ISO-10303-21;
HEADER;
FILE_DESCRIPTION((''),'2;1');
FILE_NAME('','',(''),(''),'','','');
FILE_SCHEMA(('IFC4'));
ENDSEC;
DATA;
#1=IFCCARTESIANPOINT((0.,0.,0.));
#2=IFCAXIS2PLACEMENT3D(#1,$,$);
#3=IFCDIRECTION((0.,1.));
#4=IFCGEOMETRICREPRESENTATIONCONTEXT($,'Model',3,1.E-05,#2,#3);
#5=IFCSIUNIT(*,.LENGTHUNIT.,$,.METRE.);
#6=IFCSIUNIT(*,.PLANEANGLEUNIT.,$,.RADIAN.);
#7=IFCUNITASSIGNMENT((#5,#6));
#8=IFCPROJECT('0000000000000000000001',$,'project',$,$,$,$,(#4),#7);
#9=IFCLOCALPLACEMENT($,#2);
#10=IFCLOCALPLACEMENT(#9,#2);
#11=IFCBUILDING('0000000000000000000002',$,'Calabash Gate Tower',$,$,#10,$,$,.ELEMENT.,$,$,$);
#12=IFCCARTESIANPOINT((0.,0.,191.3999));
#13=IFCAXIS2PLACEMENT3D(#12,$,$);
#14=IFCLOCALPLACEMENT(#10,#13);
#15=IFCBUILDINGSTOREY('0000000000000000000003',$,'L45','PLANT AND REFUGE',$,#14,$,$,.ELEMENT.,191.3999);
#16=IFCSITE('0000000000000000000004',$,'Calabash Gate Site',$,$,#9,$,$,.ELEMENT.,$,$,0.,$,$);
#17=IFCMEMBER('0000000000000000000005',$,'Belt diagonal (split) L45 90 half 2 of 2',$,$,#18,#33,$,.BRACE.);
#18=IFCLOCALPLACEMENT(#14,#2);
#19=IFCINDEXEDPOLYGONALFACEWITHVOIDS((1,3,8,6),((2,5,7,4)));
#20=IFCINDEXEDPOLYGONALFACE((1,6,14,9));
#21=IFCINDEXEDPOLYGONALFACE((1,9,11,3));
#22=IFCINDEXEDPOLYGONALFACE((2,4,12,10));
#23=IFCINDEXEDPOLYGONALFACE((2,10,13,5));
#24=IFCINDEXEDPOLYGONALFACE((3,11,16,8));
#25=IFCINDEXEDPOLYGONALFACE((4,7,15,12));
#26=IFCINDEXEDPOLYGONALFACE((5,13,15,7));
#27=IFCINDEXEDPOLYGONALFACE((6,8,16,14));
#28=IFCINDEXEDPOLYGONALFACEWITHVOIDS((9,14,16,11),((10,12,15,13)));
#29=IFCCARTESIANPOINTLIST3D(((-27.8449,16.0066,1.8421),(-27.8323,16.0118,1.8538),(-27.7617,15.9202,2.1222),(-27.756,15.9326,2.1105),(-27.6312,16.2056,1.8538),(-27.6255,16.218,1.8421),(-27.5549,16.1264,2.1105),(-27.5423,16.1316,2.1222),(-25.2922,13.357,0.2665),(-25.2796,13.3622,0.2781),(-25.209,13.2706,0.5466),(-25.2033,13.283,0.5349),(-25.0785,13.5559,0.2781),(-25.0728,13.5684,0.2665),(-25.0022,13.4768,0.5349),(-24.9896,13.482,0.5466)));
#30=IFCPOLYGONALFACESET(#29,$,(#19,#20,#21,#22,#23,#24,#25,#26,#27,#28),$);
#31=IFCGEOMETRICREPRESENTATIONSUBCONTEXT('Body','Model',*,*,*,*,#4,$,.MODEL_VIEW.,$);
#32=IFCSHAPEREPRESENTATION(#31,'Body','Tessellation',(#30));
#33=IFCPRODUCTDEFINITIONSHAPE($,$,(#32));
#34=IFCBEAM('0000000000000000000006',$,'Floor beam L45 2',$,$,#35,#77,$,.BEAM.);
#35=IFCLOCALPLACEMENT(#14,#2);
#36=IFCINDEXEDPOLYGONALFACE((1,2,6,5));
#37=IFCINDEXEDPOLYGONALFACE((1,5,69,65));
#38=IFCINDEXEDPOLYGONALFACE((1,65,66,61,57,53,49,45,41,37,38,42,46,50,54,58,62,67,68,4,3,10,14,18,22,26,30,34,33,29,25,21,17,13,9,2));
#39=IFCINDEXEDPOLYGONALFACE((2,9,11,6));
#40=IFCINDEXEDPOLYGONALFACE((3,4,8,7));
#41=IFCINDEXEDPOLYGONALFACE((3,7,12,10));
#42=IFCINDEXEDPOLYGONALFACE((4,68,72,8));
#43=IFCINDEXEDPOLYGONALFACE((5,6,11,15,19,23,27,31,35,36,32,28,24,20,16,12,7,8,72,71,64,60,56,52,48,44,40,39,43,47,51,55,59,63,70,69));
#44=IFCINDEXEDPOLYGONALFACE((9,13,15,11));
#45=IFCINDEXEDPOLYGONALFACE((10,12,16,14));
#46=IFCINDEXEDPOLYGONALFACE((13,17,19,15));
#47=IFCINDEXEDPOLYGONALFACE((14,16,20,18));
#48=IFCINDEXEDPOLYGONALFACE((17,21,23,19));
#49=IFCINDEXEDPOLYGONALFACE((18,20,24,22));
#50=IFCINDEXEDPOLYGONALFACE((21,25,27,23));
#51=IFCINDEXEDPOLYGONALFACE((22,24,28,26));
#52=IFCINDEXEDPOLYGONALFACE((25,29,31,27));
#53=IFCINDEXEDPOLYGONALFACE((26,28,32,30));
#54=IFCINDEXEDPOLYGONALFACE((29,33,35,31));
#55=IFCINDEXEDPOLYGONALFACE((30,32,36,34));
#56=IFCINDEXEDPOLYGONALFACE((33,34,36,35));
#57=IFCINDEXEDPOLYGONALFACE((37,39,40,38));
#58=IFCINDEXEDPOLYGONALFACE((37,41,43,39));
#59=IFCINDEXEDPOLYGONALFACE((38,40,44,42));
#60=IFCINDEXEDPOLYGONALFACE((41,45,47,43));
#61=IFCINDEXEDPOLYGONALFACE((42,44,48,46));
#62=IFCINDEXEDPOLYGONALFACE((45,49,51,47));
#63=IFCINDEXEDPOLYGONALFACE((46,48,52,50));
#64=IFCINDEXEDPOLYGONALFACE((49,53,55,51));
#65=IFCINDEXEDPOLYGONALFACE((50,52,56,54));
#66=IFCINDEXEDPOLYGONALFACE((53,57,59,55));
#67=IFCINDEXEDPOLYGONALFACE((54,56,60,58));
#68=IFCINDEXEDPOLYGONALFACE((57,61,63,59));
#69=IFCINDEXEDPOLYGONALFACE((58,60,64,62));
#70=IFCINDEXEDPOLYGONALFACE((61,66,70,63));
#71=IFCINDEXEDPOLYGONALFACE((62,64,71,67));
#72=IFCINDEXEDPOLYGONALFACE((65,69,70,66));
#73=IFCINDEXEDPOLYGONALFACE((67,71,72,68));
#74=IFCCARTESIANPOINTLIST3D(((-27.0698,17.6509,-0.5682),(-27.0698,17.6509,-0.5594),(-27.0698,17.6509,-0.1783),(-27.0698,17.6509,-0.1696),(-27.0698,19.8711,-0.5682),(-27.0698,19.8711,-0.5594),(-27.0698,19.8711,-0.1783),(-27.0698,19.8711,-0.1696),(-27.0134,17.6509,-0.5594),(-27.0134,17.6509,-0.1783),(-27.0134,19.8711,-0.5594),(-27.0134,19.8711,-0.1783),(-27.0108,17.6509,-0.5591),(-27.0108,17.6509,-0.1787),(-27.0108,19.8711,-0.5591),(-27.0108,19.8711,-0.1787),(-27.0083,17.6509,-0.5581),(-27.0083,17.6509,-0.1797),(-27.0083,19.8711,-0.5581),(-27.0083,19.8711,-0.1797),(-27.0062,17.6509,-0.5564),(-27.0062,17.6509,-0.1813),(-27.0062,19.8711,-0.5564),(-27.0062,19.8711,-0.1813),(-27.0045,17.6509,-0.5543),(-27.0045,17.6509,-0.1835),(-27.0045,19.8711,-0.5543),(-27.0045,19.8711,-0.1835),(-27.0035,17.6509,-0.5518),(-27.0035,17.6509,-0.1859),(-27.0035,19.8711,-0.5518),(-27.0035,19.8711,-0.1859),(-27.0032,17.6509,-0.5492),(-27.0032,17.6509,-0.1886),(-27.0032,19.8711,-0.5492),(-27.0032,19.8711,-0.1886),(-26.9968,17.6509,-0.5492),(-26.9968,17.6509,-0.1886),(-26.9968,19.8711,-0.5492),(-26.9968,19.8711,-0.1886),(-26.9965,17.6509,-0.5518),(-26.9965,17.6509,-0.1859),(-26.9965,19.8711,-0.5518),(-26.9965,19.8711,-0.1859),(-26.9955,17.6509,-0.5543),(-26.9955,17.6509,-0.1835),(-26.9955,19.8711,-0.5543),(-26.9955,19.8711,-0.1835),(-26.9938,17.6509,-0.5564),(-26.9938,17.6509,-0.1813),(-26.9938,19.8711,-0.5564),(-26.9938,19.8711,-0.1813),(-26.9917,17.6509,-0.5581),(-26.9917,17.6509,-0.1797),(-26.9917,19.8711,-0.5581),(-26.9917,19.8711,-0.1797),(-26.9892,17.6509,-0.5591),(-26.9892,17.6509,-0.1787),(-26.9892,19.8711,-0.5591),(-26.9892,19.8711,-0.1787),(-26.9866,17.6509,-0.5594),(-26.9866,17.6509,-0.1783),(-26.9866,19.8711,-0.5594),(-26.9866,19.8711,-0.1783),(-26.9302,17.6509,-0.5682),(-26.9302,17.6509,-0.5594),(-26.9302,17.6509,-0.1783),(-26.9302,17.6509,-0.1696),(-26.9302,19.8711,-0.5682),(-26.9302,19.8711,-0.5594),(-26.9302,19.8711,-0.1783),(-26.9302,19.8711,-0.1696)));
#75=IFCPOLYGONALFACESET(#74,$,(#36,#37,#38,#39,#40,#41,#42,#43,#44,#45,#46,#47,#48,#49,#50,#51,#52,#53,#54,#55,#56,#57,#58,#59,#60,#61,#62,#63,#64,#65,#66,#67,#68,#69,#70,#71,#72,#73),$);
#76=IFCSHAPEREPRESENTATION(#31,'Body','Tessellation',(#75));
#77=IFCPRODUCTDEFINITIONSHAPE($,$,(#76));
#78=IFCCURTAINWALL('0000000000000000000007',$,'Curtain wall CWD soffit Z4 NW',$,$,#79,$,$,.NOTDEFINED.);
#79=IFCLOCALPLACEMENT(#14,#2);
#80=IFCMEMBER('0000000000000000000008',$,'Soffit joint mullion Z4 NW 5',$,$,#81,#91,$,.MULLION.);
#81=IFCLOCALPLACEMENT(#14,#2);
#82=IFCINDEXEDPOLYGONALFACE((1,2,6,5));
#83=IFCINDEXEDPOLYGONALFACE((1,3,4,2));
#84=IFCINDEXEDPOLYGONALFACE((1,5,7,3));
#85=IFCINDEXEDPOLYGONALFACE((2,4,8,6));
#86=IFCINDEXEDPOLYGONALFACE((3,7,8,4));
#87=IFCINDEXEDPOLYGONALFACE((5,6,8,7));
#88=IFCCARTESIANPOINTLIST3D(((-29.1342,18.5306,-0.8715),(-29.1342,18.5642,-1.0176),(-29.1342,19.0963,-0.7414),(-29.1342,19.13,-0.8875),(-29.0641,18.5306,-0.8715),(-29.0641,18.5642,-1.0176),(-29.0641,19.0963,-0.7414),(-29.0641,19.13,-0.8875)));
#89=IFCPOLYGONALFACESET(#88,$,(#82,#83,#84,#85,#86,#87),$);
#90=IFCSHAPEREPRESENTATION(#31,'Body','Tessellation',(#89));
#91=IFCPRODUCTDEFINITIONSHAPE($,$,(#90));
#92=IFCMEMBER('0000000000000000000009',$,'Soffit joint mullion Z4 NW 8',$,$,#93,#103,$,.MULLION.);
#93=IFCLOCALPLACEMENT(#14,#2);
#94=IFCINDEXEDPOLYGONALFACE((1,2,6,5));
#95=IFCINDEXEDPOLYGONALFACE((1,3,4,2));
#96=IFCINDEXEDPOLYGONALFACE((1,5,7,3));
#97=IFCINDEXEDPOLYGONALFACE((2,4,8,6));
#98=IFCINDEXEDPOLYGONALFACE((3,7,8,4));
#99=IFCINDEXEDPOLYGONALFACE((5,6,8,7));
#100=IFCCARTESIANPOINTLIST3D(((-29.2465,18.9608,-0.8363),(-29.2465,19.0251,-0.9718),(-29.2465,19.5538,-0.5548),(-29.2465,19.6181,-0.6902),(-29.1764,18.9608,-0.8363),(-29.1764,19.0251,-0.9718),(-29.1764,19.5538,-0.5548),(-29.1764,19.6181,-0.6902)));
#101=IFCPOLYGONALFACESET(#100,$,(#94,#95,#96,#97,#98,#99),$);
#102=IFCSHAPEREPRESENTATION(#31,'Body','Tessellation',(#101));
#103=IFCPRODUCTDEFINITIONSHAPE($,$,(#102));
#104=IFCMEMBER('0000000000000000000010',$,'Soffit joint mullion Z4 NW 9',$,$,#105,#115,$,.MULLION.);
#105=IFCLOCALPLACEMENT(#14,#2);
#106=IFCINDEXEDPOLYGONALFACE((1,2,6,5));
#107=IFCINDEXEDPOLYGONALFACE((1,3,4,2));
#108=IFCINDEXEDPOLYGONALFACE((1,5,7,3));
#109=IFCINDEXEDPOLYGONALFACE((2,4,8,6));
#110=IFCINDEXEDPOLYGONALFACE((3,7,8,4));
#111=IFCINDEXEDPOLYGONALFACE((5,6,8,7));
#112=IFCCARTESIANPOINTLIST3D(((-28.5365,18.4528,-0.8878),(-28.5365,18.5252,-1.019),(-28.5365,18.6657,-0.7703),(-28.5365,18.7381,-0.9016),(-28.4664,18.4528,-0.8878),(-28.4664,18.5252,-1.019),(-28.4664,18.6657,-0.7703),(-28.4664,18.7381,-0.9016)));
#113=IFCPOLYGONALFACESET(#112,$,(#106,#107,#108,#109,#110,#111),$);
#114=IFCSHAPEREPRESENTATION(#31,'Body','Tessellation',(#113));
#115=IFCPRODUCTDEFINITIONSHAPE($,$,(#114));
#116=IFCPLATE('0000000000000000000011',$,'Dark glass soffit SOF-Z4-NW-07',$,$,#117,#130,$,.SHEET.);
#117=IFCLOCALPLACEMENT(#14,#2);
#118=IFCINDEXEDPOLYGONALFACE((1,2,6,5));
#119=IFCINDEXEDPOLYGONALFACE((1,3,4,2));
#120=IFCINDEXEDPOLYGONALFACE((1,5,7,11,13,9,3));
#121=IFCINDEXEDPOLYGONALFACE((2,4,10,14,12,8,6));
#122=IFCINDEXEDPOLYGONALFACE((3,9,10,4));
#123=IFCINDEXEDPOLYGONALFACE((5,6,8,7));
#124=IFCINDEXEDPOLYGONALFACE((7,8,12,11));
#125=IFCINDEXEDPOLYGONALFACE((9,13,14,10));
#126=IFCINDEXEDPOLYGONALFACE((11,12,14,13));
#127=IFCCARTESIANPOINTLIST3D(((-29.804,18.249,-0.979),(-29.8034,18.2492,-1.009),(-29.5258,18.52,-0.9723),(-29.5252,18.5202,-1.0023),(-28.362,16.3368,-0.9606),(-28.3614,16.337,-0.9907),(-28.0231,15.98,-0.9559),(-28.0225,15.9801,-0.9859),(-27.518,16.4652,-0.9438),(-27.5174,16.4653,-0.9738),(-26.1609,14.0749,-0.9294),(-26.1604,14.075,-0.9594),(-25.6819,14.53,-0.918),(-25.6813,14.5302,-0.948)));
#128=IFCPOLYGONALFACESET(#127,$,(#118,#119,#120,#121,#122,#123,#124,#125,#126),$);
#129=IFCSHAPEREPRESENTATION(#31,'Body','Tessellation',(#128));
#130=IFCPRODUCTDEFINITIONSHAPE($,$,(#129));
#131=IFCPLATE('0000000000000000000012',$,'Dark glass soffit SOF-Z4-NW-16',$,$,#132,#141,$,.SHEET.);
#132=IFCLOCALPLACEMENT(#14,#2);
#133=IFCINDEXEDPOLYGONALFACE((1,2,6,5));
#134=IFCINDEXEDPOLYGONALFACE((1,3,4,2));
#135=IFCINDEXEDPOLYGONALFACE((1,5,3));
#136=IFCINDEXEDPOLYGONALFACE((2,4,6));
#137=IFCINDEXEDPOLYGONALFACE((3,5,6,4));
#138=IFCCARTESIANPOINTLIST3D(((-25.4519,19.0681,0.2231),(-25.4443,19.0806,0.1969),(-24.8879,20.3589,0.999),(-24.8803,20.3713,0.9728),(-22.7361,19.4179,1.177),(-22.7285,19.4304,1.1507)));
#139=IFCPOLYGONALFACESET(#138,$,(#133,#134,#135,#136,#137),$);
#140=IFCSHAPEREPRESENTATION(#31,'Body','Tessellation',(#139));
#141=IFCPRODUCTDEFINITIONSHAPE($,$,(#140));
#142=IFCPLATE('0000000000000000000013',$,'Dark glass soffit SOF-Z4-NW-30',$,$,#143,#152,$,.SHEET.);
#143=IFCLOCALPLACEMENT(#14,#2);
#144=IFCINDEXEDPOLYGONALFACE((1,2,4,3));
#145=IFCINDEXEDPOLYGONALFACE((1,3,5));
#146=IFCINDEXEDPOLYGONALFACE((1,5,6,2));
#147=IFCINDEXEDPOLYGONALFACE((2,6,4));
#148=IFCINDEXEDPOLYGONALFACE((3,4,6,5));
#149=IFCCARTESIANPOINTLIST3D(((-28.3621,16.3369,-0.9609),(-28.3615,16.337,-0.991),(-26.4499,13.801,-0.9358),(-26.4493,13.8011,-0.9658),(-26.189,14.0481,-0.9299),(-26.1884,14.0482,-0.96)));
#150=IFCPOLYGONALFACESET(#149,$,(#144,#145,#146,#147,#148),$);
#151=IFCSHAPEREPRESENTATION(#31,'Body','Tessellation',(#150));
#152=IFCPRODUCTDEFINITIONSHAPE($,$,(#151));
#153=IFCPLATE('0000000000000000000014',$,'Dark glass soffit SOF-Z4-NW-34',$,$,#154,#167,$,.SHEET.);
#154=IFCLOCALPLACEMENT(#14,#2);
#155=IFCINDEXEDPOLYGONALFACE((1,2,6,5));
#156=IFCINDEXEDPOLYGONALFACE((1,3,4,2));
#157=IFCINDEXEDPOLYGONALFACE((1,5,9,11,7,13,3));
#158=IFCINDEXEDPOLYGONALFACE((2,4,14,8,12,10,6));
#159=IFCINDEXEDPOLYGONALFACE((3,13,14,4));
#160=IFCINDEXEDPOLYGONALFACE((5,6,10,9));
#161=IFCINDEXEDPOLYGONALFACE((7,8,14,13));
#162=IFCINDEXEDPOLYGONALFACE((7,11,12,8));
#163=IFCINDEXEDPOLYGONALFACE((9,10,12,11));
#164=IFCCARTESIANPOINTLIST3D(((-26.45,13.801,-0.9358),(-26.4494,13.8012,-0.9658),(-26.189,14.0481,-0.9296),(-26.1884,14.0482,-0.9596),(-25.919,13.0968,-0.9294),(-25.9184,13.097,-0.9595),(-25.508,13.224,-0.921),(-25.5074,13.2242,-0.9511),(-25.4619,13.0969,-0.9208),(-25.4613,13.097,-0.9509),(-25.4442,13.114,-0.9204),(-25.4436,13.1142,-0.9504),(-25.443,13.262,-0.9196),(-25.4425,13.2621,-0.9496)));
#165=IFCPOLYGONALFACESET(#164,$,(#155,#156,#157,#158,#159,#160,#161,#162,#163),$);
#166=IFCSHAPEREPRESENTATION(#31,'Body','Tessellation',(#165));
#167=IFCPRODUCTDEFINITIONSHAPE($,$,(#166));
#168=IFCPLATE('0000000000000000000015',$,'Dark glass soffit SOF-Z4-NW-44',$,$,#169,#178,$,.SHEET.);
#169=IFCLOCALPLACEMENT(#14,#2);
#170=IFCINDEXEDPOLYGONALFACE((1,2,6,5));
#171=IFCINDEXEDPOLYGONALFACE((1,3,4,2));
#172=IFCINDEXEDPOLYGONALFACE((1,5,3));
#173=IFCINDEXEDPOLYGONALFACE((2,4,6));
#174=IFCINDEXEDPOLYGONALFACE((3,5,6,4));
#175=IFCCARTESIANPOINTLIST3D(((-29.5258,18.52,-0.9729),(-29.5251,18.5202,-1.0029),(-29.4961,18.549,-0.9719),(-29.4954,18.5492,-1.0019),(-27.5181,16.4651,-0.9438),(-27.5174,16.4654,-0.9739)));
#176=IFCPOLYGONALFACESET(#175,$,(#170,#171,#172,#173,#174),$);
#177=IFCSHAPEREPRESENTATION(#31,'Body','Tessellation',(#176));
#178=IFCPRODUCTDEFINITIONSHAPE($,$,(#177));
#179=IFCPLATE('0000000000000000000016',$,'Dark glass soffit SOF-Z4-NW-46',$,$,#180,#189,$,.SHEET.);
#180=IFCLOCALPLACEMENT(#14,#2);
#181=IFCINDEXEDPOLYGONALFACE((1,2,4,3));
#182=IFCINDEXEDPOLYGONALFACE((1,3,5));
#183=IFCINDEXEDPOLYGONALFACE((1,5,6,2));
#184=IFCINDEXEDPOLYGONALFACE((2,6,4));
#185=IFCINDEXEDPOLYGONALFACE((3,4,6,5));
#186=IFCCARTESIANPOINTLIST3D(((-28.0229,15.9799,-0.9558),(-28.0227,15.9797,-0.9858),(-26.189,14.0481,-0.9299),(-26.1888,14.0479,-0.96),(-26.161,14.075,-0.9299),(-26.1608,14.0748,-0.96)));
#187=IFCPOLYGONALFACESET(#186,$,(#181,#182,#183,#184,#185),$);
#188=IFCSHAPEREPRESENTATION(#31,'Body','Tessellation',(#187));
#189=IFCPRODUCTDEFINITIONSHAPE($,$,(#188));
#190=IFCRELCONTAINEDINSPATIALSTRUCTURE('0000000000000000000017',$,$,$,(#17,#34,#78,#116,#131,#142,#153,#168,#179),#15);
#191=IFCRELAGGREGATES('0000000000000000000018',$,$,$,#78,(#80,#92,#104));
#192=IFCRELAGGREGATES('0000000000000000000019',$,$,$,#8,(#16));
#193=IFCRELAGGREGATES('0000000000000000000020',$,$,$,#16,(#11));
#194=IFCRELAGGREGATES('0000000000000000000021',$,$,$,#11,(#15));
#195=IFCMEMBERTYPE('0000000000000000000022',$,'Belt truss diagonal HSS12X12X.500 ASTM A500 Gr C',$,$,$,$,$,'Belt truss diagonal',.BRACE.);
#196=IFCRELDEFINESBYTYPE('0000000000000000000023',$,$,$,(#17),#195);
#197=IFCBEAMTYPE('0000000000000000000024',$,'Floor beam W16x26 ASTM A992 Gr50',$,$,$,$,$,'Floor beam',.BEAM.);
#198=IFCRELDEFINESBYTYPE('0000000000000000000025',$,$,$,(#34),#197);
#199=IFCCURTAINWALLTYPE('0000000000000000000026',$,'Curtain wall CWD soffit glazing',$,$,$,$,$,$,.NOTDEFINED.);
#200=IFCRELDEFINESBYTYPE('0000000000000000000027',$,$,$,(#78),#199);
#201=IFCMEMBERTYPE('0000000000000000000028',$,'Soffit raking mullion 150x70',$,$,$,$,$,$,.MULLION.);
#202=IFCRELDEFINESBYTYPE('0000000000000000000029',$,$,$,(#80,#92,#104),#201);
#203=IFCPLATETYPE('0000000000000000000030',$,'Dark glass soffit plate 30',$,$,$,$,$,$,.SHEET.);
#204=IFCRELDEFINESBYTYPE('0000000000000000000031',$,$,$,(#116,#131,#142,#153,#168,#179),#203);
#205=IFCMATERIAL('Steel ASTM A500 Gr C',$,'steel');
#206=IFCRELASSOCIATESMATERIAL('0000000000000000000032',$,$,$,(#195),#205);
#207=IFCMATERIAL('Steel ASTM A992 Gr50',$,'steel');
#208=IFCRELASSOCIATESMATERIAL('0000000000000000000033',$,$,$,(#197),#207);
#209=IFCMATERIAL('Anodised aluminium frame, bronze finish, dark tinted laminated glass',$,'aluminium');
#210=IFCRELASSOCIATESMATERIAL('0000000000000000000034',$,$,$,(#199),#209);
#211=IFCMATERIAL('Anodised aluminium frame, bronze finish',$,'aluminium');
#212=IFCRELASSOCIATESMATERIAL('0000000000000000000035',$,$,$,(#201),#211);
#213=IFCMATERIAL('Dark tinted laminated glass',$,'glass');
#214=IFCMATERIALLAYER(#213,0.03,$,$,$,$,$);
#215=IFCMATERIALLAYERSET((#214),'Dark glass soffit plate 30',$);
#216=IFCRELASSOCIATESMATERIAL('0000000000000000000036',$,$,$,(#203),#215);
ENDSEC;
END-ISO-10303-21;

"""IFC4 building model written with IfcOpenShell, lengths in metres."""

from ifc_helpers import new_model, si_unit, direction, frame, origin, origin_2d, place, context, subcontext, project, spatial, polyline, rectangle, hollow_rectangle, i_section, outline, extrude, material, layer, layer_set, material_profile, profile_set, type_object, element, aggregate, save


model = new_model("IFC4")

# Units and contexts
model_context = context("Model", 3, precision=1e-05, world=origin(), true_north=direction((0.0, 1.0)))
body_context = subcontext(model_context, "Body", "Model", "MODEL_VIEW")
ifc_project = project(units=[si_unit("LENGTHUNIT", "METRE"), si_unit("PLANEANGLEUNIT", "RADIAN")], contexts=[model_context])

# Site, building, storey
site_placement = place(None, origin())
site = spatial("IfcSite", under=ifc_project, at=site_placement, Name="Calabash Gate Site", CompositionType="ELEMENT", RefElevation=0.0)
building_placement = place(site_placement, origin())
building = spatial("IfcBuilding", under=site, at=building_placement, Name="Calabash Gate Tower", CompositionType="ELEMENT")
storey_placement = place(building_placement, frame((0.0, 0.0, 191.3999)))
storey = spatial("IfcBuildingStorey", under=building, at=storey_placement, Name="L45", Description="PLANT AND REFUGE", CompositionType="ELEMENT", Elevation=191.3999)

# Member
ifc_material_1 = material(Name="Steel ASTM A500 Gr C", Category="steel")
ifc_material_profile_1 = material_profile(ifc_material_1, hollow_rectangle(XDim=0.3047, YDim=0.3047, WallThickness=0.0127, at=origin_2d()))
ifc_profile_set_1 = profile_set([ifc_material_profile_1], Name="Steel ASTM A500 Gr C")
member_type_1 = type_object("IfcMemberType", Name="Belt truss diagonal HSS12X12X.500 ASTM A500 Gr C", ElementType="Belt truss diagonal", PredefinedType="BRACE", material=ifc_profile_set_1)
member_1_placement = place(storey_placement, frame((-27.6936, 16.0691, 1.9822), z_axis=(0.637787, -0.662003, -0.393676), x_axis=(0.720156, 0.693813, 0.0)))
element("IfcMember", 1, at=member_1_placement, inside=storey, type_object=member_type_1, Name="Belt diagonal (split) L45 90 half 2 of 2", PredefinedType="BRACE", context=body_context, shape_type="SweptSolid", body=[
    extrude(hollow_rectangle(XDim=0.3047, YDim=0.3047, WallThickness=0.0127, at=origin_2d()), origin(), (0.0, 0.0, 1.0), 4.0024),
])

# Beam
ifc_material_2 = material(Name="Steel ASTM A992 Gr50", Category="steel")
ifc_material_profile_2 = material_profile(ifc_material_2, i_section(OverallWidth=0.1396, OverallDepth=0.3987, WebThickness=0.0063, FlangeThickness=0.0088, FilletRadius=0.0103, at=origin_2d()))
ifc_profile_set_2 = profile_set([ifc_material_profile_2], Name="Steel ASTM A992 Gr50")
beam_type = type_object("IfcBeamType", Name="Floor beam W16x26 ASTM A992 Gr50", ElementType="Floor beam", PredefinedType="BEAM", material=ifc_profile_set_2)
beam_placement = place(storey_placement, frame((-27.0, 17.6509, -0.3689), z_axis=(0.0, 1.0, 0.0), x_axis=(-1.0, 0.0, 0.0)))
element("IfcBeam", 2, at=beam_placement, inside=storey, type_object=beam_type, Name="Floor beam L45 2", PredefinedType="BEAM", context=body_context, shape_type="SweptSolid", body=[
    extrude(i_section(OverallWidth=0.1396, OverallDepth=0.3987, WebThickness=0.0063, FlangeThickness=0.0088, FilletRadius=0.0103, at=origin_2d()), origin(), (0.0, 0.0, 1.0), 2.2202),
])

# Curtain wall, members
ifc_material_3 = material(Name="Anodised aluminium frame, bronze finish, dark tinted laminated glass", Category="aluminium")
curtain_wall_type = type_object("IfcCurtainWallType", Name="Curtain wall CWD soffit glazing", PredefinedType="NOTDEFINED", material=ifc_material_3)
curtain_wall_placement = place(storey_placement, origin())
curtain_wall = element("IfcCurtainWall", 3, at=curtain_wall_placement, inside=storey, type_object=curtain_wall_type, Name="Curtain wall CWD soffit Z4 NW", PredefinedType="NOTDEFINED")
ifc_material_4 = material(Name="Anodised aluminium frame, bronze finish", Category="aluminium")
ifc_material_profile_3 = material_profile(ifc_material_4, rectangle(XDim=0.1499, YDim=0.0701, at=origin_2d()))
ifc_profile_set_3 = profile_set([ifc_material_profile_3], Name="Anodised aluminium frame, bronze finish")
member_type_2 = type_object("IfcMemberType", Name="Soffit raking mullion 150x70", PredefinedType="MULLION", material=ifc_profile_set_3)
member_2_placement = place(storey_placement, frame((-29.0991, 18.5474, -0.9446), z_axis=(0.0, 0.974547, 0.224184), x_axis=(0.0, -0.224184, 0.974547)))
member_2 = element("IfcMember", 4, at=member_2_placement, type_object=member_type_2, Name="Soffit joint mullion Z4 NW 5", PredefinedType="MULLION", context=body_context, shape_type="SweptSolid", body=[
    extrude(rectangle(XDim=0.1499, YDim=0.0701, at=origin_2d()), origin(), (0.0, 0.0, 1.0), 0.5806),
])
member_3_placement = place(storey_placement, frame((-29.2114, 18.9929, -0.9041), z_axis=(0.0, 0.903389, 0.428822), x_axis=(0.0, -0.428822, 0.903389)))
member_3 = element("IfcMember", 5, at=member_3_placement, type_object=member_type_2, Name="Soffit joint mullion Z4 NW 8", PredefinedType="MULLION", context=body_context, shape_type="SweptSolid", body=[
    extrude(rectangle(XDim=0.1499, YDim=0.0701, at=origin_2d()), origin(), (0.0, 0.0, 1.0), 0.6565),
])
member_4_placement = place(storey_placement, frame((-28.5015, 18.7019, -0.8359), z_axis=(0.0, -0.875622, -0.482998), x_axis=(0.0, -0.482998, 0.875622)))
member_4 = element("IfcMember", 6, at=member_4_placement, type_object=member_type_2, Name="Soffit joint mullion Z4 NW 9", PredefinedType="MULLION", context=body_context, shape_type="SweptSolid", body=[
    extrude(rectangle(XDim=0.1499, YDim=0.0701, at=origin_2d()), origin(), (0.0, 0.0, 1.0), 0.2432),
])
aggregate(curtain_wall, [member_2, member_3, member_4])

# Plates
ifc_material_5 = material(Name="Dark tinted laminated glass", Category="glass")
ifc_layer_1 = layer(ifc_material_5, 0.03)
ifc_layer_set_1 = layer_set([ifc_layer_1], Name="Dark glass soffit plate 30")
plate_type = type_object("IfcPlateType", Name="Dark glass soffit plate 30", PredefinedType="SHEET", material=ifc_layer_set_1)
plate_1_placement = place(storey_placement, frame((-25.6819, 14.53, -0.918), z_axis=(-0.019227, -0.00491, 0.999803), x_axis=(-0.724877, -0.68866, -0.017322)))
element("IfcPlate", 7, at=plate_1_placement, inside=storey, type_object=plate_type, Name="Dark glass soffit SOF-Z4-NW-07", PredefinedType="SHEET", context=body_context, shape_type="SweptSolid", body=[
    extrude(outline(polyline([(0.0, 0.0), (0.6609, 0.0), (0.6992, -2.6638), (0.6992, -3.156), (0.428, -5.5356), (0.0396, -5.5405), (-0.0012, -2.6677), (0.0, 0.0)])), origin(), (0.0, 0.0, -1.0), 0.03),
])
plate_2_placement = place(storey_placement, frame((-25.4519, 19.0681, 0.2231), z_axis=(-0.253558, -0.414563, 0.873982), x_axis=(0.350692, 0.802645, 0.482468)))
element("IfcPlate", 8, at=plate_2_placement, inside=storey, type_object=plate_type, Name="Dark glass soffit SOF-Z4-NW-16", PredefinedType="SHEET", context=body_context, shape_type="SweptSolid", body=[
    extrude(outline(polyline([(0.0, 0.0), (1.6082, 0.0), (1.6934, -2.3538), (0.0, 0.0)])), origin(), (0.0, 0.0, -1.0), 0.03),
])
plate_3_placement = place(storey_placement, frame((-28.3621, 16.3369, -0.9609), z_axis=(-0.018574, -0.004091, 0.999819), x_axis=(0.688503, -0.725167, 0.009824)))
element("IfcPlate", 9, at=plate_3_placement, inside=storey, type_object=plate_type, Name="Dark glass soffit SOF-Z4-NW-30", PredefinedType="SHEET", context=body_context, shape_type="SweptSolid", body=[
    extrude(outline(polyline([(0.0, 0.0), (3.1562, 0.0), (3.1558, -0.3594), (0.0, 0.0)])), origin(), (0.0, 0.0, -1.0), 0.03),
])
plate_4_placement = place(storey_placement, frame((-26.45, 13.801, -0.9358), z_axis=(-0.01883, -0.005179, 0.999809), x_axis=(0.726089, 0.687385, 0.017236)))
element("IfcPlate", 10, at=plate_4_placement, inside=storey, type_object=plate_type, Name="Dark glass soffit SOF-Z4-NW-34", PredefinedType="SHEET", context=body_context, shape_type="SweptSolid", body=[
    extrude(outline(polyline([(0.0, 0.0), (0.3594, 0.0), (0.3608, -1.0837), (0.2876, -1.0667), (0.2583, -1.1904), (0.2336, -1.1907), (-0.0984, -0.8765), (0.0, 0.0)])), origin(), (0.0, 0.0, -1.0), 0.03),
])
plate_5_placement = place(storey_placement, frame((-27.5181, 16.4651, -0.9438), z_axis=(-0.023841, -0.009161, 0.999674), x_axis=(-0.698823, 0.715223, -0.010112)))
element("IfcPlate", 11, at=plate_5_placement, inside=storey, type_object=plate_type, Name="Dark glass soffit SOF-Z4-NW-44", PredefinedType="SHEET", context=body_context, shape_type="SweptSolid", body=[
    extrude(outline(polyline([(0.0, 0.0), (2.873, 0.0), (2.873, -0.0415), (0.0, 0.0)])), origin(), (0.0, 0.0, -1.0), 0.03),
])
plate_6_placement = place(storey_placement, frame((-26.189, 14.0481, -0.9299), z_axis=(-0.006715, 0.00702, 0.999953), x_axis=(-0.688459, 0.72521, -0.009715)))
element("IfcPlate", 12, at=plate_6_placement, inside=storey, type_object=plate_type, Name="Dark glass soffit SOF-Z4-NW-46", PredefinedType="SHEET", context=body_context, shape_type="SweptSolid", body=[
    extrude(outline(polyline([(0.0, 0.0), (2.6638, 0.0), (0.0002, -0.0388), (0.0, 0.0)])), origin(), (0.0, 0.0, -1.0), 0.03),
])

save(model, "model.ifc")
